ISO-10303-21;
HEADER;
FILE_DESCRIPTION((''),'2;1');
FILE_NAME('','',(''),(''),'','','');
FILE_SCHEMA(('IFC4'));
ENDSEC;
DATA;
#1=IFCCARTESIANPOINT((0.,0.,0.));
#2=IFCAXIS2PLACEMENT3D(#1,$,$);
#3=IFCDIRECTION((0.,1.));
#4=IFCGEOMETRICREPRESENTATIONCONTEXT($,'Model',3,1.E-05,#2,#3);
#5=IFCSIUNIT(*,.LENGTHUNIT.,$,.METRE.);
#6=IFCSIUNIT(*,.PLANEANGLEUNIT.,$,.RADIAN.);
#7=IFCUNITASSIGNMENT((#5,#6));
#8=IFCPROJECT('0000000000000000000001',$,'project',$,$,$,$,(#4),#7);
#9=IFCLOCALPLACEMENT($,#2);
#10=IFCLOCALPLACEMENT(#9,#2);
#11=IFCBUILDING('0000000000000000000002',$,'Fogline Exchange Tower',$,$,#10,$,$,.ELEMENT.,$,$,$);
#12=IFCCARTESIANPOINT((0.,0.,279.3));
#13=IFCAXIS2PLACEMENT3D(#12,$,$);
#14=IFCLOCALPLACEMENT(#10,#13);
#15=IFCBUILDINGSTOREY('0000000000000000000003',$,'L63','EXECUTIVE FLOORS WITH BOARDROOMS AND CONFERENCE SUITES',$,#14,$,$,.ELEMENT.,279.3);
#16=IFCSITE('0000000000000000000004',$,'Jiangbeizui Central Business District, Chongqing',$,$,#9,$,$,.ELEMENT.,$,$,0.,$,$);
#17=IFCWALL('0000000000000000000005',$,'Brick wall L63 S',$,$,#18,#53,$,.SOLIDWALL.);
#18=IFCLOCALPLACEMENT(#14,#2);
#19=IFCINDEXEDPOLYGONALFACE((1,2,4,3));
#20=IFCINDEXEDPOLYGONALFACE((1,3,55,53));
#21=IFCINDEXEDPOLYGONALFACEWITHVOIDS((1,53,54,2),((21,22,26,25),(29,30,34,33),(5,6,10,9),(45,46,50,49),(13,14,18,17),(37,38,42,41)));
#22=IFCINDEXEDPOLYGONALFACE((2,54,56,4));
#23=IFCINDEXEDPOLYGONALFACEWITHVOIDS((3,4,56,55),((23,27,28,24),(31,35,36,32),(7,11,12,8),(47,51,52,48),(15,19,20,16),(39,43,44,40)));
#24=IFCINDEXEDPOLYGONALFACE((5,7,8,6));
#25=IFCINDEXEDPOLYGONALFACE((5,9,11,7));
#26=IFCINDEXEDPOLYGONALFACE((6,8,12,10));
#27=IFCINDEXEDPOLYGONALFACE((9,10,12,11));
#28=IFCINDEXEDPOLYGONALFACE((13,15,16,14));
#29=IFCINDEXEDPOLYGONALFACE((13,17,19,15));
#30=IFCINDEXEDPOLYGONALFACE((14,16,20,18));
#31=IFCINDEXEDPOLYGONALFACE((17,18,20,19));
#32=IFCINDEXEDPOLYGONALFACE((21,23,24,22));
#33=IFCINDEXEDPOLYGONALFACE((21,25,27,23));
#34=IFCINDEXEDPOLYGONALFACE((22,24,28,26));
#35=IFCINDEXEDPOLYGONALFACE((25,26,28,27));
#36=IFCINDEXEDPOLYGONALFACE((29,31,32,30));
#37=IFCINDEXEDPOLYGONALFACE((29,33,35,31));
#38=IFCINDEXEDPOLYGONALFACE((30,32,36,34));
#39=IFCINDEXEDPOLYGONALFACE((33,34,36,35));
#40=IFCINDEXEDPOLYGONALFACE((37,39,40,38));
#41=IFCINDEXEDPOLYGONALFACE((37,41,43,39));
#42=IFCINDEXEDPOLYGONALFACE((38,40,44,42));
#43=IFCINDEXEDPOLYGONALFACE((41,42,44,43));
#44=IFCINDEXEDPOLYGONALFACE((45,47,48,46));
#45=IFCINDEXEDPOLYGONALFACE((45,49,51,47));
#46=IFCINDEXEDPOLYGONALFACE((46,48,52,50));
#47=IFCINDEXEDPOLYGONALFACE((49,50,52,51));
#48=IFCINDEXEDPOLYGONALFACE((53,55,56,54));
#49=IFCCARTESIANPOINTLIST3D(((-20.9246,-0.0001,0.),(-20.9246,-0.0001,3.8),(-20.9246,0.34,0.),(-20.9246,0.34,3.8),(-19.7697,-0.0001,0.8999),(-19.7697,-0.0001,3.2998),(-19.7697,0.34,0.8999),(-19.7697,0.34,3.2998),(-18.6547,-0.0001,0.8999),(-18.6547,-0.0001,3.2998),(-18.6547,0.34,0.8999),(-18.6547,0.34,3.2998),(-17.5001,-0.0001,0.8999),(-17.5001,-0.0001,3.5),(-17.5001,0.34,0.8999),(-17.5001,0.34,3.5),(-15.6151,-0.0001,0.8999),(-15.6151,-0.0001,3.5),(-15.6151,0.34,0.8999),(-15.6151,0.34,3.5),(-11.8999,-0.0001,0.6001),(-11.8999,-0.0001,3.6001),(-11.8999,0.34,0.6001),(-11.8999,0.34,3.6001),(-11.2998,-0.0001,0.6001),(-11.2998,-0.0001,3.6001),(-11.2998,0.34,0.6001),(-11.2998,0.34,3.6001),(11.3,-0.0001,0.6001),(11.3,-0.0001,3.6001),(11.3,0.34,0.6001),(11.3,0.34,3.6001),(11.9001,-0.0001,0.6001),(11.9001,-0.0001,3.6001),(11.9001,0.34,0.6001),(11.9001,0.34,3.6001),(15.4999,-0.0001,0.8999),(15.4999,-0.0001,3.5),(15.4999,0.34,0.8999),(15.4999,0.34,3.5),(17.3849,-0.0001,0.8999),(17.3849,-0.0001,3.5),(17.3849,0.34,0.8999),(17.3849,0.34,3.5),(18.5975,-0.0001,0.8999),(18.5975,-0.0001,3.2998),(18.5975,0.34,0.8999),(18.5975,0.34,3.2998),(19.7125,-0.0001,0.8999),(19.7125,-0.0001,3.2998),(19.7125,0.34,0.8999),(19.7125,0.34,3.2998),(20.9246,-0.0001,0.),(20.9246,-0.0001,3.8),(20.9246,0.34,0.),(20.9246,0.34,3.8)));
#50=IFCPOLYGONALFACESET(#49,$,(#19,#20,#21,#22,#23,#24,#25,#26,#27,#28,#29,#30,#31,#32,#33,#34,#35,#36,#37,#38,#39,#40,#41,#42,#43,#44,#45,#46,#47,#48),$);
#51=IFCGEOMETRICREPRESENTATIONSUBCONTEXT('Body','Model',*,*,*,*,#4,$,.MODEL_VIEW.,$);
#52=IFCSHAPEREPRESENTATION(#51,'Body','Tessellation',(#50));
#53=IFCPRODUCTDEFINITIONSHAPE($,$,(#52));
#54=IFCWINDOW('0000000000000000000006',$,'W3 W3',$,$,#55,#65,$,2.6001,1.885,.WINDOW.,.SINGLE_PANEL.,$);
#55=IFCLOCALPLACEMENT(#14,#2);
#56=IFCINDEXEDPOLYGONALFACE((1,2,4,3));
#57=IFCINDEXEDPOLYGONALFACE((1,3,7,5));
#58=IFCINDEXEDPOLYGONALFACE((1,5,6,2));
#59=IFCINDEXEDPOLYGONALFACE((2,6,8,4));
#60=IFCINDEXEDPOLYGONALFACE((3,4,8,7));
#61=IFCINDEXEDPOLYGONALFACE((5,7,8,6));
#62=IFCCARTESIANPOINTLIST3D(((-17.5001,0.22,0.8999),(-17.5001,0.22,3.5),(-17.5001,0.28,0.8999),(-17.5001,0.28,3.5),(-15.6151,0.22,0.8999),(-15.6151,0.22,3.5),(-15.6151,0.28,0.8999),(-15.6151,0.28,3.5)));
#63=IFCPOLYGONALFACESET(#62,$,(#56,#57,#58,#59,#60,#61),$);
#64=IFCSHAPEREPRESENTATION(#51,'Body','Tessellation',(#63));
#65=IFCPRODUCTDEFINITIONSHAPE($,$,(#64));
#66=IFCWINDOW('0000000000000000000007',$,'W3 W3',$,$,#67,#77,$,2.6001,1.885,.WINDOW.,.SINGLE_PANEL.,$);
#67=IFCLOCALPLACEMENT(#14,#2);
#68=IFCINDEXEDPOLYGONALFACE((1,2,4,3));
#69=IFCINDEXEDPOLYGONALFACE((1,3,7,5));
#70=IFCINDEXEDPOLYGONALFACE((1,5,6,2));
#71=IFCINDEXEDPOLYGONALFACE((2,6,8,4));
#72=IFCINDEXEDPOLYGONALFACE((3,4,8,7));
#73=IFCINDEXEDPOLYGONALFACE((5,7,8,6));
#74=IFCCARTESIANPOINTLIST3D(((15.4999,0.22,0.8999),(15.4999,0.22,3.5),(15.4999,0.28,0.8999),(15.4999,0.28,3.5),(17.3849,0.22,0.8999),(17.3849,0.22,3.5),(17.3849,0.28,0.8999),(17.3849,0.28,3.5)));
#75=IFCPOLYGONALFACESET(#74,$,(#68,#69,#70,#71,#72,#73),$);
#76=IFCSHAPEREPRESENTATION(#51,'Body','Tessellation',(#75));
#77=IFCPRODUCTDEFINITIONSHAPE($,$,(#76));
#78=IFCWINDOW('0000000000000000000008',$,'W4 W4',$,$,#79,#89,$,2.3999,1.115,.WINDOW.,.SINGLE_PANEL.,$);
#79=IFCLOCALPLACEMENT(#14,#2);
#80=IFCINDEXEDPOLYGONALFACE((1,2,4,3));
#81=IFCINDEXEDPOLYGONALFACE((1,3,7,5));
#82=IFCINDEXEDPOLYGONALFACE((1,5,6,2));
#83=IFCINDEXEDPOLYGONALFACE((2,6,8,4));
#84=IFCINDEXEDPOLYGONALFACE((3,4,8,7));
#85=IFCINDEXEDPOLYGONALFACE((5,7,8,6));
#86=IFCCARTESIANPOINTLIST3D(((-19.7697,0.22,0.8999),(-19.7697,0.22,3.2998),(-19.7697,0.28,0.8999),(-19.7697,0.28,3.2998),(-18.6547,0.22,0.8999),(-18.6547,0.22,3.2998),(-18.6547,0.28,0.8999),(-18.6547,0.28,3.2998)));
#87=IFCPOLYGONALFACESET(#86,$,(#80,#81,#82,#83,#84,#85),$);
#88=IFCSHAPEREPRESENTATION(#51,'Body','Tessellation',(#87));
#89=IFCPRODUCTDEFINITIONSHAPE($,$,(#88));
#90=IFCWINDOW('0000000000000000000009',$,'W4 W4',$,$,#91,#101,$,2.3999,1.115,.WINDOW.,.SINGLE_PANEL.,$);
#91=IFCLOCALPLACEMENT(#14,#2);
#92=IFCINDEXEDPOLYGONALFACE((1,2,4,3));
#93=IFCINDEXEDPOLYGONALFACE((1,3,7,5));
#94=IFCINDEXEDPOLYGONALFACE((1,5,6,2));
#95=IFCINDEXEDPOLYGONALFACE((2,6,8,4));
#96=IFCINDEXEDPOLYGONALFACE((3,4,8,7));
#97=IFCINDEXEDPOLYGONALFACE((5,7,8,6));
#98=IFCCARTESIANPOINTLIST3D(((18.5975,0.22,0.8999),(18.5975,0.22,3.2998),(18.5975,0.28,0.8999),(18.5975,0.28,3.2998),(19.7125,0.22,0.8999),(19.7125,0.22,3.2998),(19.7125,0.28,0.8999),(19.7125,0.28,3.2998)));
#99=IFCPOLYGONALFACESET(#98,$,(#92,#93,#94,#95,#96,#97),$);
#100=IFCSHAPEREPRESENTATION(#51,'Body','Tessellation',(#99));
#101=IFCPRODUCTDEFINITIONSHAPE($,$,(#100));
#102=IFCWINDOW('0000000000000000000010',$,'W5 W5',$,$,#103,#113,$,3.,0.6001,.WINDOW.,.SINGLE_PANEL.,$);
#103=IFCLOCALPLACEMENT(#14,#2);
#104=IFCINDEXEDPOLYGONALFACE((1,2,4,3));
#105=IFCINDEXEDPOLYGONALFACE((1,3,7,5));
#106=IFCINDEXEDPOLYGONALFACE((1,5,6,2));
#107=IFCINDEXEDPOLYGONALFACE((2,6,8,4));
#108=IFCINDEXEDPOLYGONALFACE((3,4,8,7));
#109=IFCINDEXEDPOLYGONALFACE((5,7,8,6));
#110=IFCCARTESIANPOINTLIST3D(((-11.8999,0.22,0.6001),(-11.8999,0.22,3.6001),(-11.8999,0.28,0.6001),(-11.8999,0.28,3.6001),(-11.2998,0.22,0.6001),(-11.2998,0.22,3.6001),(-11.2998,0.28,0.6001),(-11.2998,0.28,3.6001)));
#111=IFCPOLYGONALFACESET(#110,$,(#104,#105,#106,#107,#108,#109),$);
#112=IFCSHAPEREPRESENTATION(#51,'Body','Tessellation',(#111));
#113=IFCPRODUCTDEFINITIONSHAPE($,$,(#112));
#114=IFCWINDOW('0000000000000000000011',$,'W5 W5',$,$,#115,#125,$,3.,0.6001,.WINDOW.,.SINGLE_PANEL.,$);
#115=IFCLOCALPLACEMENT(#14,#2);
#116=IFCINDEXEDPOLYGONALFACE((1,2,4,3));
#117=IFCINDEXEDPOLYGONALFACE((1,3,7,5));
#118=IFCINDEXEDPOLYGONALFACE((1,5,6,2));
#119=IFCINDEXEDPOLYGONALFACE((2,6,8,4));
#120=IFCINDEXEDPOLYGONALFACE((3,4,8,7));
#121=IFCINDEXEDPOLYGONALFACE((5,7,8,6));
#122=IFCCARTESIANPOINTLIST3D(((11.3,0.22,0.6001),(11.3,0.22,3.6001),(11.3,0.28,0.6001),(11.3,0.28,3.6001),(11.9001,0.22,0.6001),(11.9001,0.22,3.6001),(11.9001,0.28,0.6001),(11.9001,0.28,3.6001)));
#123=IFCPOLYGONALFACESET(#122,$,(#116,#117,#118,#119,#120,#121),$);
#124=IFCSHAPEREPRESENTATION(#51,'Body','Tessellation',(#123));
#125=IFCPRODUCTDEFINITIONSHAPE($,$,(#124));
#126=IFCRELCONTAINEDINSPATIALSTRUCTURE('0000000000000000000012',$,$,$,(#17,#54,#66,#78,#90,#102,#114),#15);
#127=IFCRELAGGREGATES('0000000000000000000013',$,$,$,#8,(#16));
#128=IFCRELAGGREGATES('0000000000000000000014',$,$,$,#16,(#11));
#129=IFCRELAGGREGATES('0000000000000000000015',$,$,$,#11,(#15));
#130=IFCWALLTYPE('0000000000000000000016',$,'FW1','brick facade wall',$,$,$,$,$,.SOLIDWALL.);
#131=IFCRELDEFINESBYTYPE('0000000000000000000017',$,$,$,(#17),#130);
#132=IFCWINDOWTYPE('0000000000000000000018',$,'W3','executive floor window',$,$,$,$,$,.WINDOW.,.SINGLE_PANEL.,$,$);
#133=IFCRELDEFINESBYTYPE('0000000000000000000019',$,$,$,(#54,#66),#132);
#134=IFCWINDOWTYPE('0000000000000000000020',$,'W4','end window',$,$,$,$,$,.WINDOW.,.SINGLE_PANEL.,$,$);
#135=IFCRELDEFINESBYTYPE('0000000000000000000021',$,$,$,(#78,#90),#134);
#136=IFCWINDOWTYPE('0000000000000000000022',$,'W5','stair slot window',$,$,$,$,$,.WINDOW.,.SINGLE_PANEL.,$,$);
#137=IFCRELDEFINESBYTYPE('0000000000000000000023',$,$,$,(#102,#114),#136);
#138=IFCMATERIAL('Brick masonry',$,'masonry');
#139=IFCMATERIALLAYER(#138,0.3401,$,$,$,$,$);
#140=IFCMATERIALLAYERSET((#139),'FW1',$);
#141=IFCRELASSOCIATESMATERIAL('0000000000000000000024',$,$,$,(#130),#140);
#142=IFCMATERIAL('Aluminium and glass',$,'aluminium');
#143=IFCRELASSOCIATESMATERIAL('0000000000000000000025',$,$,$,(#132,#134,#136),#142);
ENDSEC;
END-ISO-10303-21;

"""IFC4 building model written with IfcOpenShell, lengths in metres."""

from ifc_helpers import new_model, si_unit, direction, frame, frame_2d, origin, place, context, subcontext, project, spatial, rectangle, extrude, material, layer, layer_set, type_object, element, fill, save


model = new_model("IFC4")

# Units and contexts
model_context = context("Model", 3, precision=1e-05, world=origin(), true_north=direction((0.0, 1.0)))
body_context = subcontext(model_context, "Body", "Model", "MODEL_VIEW")
ifc_project = project(units=[si_unit("LENGTHUNIT", "METRE"), si_unit("PLANEANGLEUNIT", "RADIAN")], contexts=[model_context])

# Site, building, storey
site_placement = place(None, origin())
site = spatial("IfcSite", under=ifc_project, at=site_placement, Name="Jiangbeizui Central Business District, Chongqing", CompositionType="ELEMENT", RefElevation=0.0)
building_placement = place(site_placement, origin())
building = spatial("IfcBuilding", under=site, at=building_placement, Name="Fogline Exchange Tower", CompositionType="ELEMENT")
storey_placement = place(building_placement, frame((0.0, 0.0, 279.3)))
storey = spatial("IfcBuildingStorey", under=building, at=storey_placement, Name="L63", Description="EXECUTIVE FLOORS WITH BOARDROOMS AND CONFERENCE SUITES", CompositionType="ELEMENT", Elevation=279.3)

# Shared definitions
ifc_material_1 = material(Name="Brick masonry", Category="masonry")
ifc_layer = layer(ifc_material_1, 0.3401)
ifc_layer_set = layer_set([ifc_layer], Name="FW1")
wall_type = type_object("IfcWallType", Name="FW1", Description="brick facade wall", PredefinedType="SOLIDWALL", material=ifc_layer_set)
ifc_material_2 = material(Name="Aluminium and glass", Category="aluminium")

# Wall, openings, windows
wall_1_placement = place(storey_placement, frame((-20.9246, 0.1699, 0.0), z_axis=(0.0, 0.0, 1.0), x_axis=(1.0, 0.0, 0.0)))
wall_1 = element("IfcWall", 1, at=wall_1_placement, inside=storey, type_object=wall_type, Name="Brick wall L63 S", PredefinedType="SOLIDWALL", context=body_context, shape_type="SweptSolid", body=[
    extrude(rectangle(XDim=41.8491, YDim=0.3401, at=frame_2d((20.9246, 0.0))), origin(), (0.0, 0.0, 1.0), 3.8),
])
opening_1_placement = place(wall_1_placement, frame((3.4246, 0.0, 0.8999)))
opening_1 = element("IfcOpeningElement", 2, at=opening_1_placement, cuts=wall_1, PredefinedType="OPENING", context=body_context, shape_type="SweptSolid", body=[
    extrude(rectangle(XDim=1.885, YDim=2.6001, at=frame_2d((0.9424, 1.3))), frame((0.0, 0.1802, 0.0), z_axis=(0.0, -1.0, 0.0), x_axis=(1.0, 0.0, 0.0)), (0.0, 0.0, 1.0), 0.3601),
])
opening_2_placement = place(wall_1_placement, frame((36.4246, 0.0, 0.8999)))
opening_2 = element("IfcOpeningElement", 3, at=opening_2_placement, cuts=wall_1, PredefinedType="OPENING", context=body_context, shape_type="SweptSolid", body=[
    extrude(rectangle(XDim=1.885, YDim=2.6001, at=frame_2d((0.9424, 1.3))), frame((0.0, 0.1802, 0.0), z_axis=(0.0, -1.0, 0.0), x_axis=(1.0, 0.0, 0.0)), (0.0, 0.0, 1.0), 0.3601),
])
opening_3_placement = place(wall_1_placement, frame((1.1548, 0.0, 0.8999)))
opening_3 = element("IfcOpeningElement", 4, at=opening_3_placement, cuts=wall_1, PredefinedType="OPENING", context=body_context, shape_type="SweptSolid", body=[
    extrude(rectangle(XDim=1.115, YDim=2.3999, at=frame_2d((0.5576, 1.2))), frame((0.0, 0.1802, 0.0), z_axis=(0.0, -1.0, 0.0), x_axis=(1.0, 0.0, 0.0)), (0.0, 0.0, 1.0), 0.3601),
])
opening_4_placement = place(wall_1_placement, frame((39.522, 0.0, 0.8999)))
opening_4 = element("IfcOpeningElement", 5, at=opening_4_placement, cuts=wall_1, PredefinedType="OPENING", context=body_context, shape_type="SweptSolid", body=[
    extrude(rectangle(XDim=1.115, YDim=2.3999, at=frame_2d((0.5576, 1.2))), frame((0.0, 0.1802, 0.0), z_axis=(0.0, -1.0, 0.0), x_axis=(1.0, 0.0, 0.0)), (0.0, 0.0, 1.0), 0.3601),
])
opening_5_placement = place(wall_1_placement, frame((9.0247, 0.0, 0.6001)))
opening_5 = element("IfcOpeningElement", 6, at=opening_5_placement, cuts=wall_1, PredefinedType="OPENING", context=body_context, shape_type="SweptSolid", body=[
    extrude(rectangle(XDim=0.6001, YDim=3.0, at=frame_2d((0.3, 1.5))), frame((0.0, 0.1802, 0.0), z_axis=(0.0, -1.0, 0.0), x_axis=(1.0, 0.0, 0.0)), (0.0, 0.0, 1.0), 0.3601),
])
opening_6_placement = place(wall_1_placement, frame((32.2246, 0.0, 0.6001)))
opening_6 = element("IfcOpeningElement", 7, at=opening_6_placement, cuts=wall_1, PredefinedType="OPENING", context=body_context, shape_type="SweptSolid", body=[
    extrude(rectangle(XDim=0.6001, YDim=3.0, at=frame_2d((0.3, 1.5))), frame((0.0, 0.1802, 0.0), z_axis=(0.0, -1.0, 0.0), x_axis=(1.0, 0.0, 0.0)), (0.0, 0.0, 1.0), 0.3601),
])
window_type_1 = type_object("IfcWindowType", Name="W3", Description="executive floor window", PartitioningType="SINGLE_PANEL", PredefinedType="WINDOW", material=ifc_material_2)
window_1_placement = place(opening_1_placement, origin())
window_1 = element("IfcWindow", 8, at=window_1_placement, inside=storey, type_object=window_type_1, Name="W3 W3", OverallHeight=2.6001, OverallWidth=1.885, PartitioningType="SINGLE_PANEL", PredefinedType="WINDOW", context=body_context, shape_type="SweptSolid", body=[
    extrude(rectangle(XDim=1.885, YDim=2.6001, at=frame_2d((0.9424, 1.3))), frame((0.0, 0.1101, 0.0), z_axis=(0.0, -1.0, 0.0), x_axis=(1.0, 0.0, 0.0)), (0.0, 0.0, 1.0), 0.0601),
])
fill(opening_1, window_1)
window_2_placement = place(opening_2_placement, origin())
window_2 = element("IfcWindow", 9, at=window_2_placement, inside=storey, type_object=window_type_1, Name="W3 W3", OverallHeight=2.6001, OverallWidth=1.885, PartitioningType="SINGLE_PANEL", PredefinedType="WINDOW", context=body_context, shape_type="SweptSolid", body=[
    extrude(rectangle(XDim=1.885, YDim=2.6001, at=frame_2d((0.9424, 1.3))), frame((0.0, 0.1101, 0.0), z_axis=(0.0, -1.0, 0.0), x_axis=(1.0, 0.0, 0.0)), (0.0, 0.0, 1.0), 0.0601),
])
fill(opening_2, window_2)
window_type_2 = type_object("IfcWindowType", Name="W4", Description="end window", PartitioningType="SINGLE_PANEL", PredefinedType="WINDOW", material=ifc_material_2)
window_3_placement = place(opening_3_placement, origin())
window_3 = element("IfcWindow", 10, at=window_3_placement, inside=storey, type_object=window_type_2, Name="W4 W4", OverallHeight=2.3999, OverallWidth=1.115, PartitioningType="SINGLE_PANEL", PredefinedType="WINDOW", context=body_context, shape_type="SweptSolid", body=[
    extrude(rectangle(XDim=1.115, YDim=2.3999, at=frame_2d((0.5576, 1.2))), frame((0.0, 0.1101, 0.0), z_axis=(0.0, -1.0, 0.0), x_axis=(1.0, 0.0, 0.0)), (0.0, 0.0, 1.0), 0.0601),
])
fill(opening_3, window_3)
window_4_placement = place(opening_4_placement, origin())
window_4 = element("IfcWindow", 11, at=window_4_placement, inside=storey, type_object=window_type_2, Name="W4 W4", OverallHeight=2.3999, OverallWidth=1.115, PartitioningType="SINGLE_PANEL", PredefinedType="WINDOW", context=body_context, shape_type="SweptSolid", body=[
    extrude(rectangle(XDim=1.115, YDim=2.3999, at=frame_2d((0.5576, 1.2))), frame((0.0, 0.1101, 0.0), z_axis=(0.0, -1.0, 0.0), x_axis=(1.0, 0.0, 0.0)), (0.0, 0.0, 1.0), 0.0601),
])
fill(opening_4, window_4)
window_type_3 = type_object("IfcWindowType", Name="W5", Description="stair slot window", PartitioningType="SINGLE_PANEL", PredefinedType="WINDOW", material=ifc_material_2)
window_5_placement = place(opening_5_placement, origin())
window_5 = element("IfcWindow", 12, at=window_5_placement, inside=storey, type_object=window_type_3, Name="W5 W5", OverallHeight=3.0, OverallWidth=0.6001, PartitioningType="SINGLE_PANEL", PredefinedType="WINDOW", context=body_context, shape_type="SweptSolid", body=[
    extrude(rectangle(XDim=0.6001, YDim=3.0, at=frame_2d((0.3, 1.5))), frame((0.0, 0.1101, 0.0), z_axis=(0.0, -1.0, 0.0), x_axis=(1.0, 0.0, 0.0)), (0.0, 0.0, 1.0), 0.0601),
])
fill(opening_5, window_5)
window_6_placement = place(opening_6_placement, origin())
window_6 = element("IfcWindow", 13, at=window_6_placement, inside=storey, type_object=window_type_3, Name="W5 W5", OverallHeight=3.0, OverallWidth=0.6001, PartitioningType="SINGLE_PANEL", PredefinedType="WINDOW", context=body_context, shape_type="SweptSolid", body=[
    extrude(rectangle(XDim=0.6001, YDim=3.0, at=frame_2d((0.3, 1.5))), frame((0.0, 0.1101, 0.0), z_axis=(0.0, -1.0, 0.0), x_axis=(1.0, 0.0, 0.0)), (0.0, 0.0, 1.0), 0.0601),
])
fill(opening_6, window_6)

save(model, "model.ifc")
